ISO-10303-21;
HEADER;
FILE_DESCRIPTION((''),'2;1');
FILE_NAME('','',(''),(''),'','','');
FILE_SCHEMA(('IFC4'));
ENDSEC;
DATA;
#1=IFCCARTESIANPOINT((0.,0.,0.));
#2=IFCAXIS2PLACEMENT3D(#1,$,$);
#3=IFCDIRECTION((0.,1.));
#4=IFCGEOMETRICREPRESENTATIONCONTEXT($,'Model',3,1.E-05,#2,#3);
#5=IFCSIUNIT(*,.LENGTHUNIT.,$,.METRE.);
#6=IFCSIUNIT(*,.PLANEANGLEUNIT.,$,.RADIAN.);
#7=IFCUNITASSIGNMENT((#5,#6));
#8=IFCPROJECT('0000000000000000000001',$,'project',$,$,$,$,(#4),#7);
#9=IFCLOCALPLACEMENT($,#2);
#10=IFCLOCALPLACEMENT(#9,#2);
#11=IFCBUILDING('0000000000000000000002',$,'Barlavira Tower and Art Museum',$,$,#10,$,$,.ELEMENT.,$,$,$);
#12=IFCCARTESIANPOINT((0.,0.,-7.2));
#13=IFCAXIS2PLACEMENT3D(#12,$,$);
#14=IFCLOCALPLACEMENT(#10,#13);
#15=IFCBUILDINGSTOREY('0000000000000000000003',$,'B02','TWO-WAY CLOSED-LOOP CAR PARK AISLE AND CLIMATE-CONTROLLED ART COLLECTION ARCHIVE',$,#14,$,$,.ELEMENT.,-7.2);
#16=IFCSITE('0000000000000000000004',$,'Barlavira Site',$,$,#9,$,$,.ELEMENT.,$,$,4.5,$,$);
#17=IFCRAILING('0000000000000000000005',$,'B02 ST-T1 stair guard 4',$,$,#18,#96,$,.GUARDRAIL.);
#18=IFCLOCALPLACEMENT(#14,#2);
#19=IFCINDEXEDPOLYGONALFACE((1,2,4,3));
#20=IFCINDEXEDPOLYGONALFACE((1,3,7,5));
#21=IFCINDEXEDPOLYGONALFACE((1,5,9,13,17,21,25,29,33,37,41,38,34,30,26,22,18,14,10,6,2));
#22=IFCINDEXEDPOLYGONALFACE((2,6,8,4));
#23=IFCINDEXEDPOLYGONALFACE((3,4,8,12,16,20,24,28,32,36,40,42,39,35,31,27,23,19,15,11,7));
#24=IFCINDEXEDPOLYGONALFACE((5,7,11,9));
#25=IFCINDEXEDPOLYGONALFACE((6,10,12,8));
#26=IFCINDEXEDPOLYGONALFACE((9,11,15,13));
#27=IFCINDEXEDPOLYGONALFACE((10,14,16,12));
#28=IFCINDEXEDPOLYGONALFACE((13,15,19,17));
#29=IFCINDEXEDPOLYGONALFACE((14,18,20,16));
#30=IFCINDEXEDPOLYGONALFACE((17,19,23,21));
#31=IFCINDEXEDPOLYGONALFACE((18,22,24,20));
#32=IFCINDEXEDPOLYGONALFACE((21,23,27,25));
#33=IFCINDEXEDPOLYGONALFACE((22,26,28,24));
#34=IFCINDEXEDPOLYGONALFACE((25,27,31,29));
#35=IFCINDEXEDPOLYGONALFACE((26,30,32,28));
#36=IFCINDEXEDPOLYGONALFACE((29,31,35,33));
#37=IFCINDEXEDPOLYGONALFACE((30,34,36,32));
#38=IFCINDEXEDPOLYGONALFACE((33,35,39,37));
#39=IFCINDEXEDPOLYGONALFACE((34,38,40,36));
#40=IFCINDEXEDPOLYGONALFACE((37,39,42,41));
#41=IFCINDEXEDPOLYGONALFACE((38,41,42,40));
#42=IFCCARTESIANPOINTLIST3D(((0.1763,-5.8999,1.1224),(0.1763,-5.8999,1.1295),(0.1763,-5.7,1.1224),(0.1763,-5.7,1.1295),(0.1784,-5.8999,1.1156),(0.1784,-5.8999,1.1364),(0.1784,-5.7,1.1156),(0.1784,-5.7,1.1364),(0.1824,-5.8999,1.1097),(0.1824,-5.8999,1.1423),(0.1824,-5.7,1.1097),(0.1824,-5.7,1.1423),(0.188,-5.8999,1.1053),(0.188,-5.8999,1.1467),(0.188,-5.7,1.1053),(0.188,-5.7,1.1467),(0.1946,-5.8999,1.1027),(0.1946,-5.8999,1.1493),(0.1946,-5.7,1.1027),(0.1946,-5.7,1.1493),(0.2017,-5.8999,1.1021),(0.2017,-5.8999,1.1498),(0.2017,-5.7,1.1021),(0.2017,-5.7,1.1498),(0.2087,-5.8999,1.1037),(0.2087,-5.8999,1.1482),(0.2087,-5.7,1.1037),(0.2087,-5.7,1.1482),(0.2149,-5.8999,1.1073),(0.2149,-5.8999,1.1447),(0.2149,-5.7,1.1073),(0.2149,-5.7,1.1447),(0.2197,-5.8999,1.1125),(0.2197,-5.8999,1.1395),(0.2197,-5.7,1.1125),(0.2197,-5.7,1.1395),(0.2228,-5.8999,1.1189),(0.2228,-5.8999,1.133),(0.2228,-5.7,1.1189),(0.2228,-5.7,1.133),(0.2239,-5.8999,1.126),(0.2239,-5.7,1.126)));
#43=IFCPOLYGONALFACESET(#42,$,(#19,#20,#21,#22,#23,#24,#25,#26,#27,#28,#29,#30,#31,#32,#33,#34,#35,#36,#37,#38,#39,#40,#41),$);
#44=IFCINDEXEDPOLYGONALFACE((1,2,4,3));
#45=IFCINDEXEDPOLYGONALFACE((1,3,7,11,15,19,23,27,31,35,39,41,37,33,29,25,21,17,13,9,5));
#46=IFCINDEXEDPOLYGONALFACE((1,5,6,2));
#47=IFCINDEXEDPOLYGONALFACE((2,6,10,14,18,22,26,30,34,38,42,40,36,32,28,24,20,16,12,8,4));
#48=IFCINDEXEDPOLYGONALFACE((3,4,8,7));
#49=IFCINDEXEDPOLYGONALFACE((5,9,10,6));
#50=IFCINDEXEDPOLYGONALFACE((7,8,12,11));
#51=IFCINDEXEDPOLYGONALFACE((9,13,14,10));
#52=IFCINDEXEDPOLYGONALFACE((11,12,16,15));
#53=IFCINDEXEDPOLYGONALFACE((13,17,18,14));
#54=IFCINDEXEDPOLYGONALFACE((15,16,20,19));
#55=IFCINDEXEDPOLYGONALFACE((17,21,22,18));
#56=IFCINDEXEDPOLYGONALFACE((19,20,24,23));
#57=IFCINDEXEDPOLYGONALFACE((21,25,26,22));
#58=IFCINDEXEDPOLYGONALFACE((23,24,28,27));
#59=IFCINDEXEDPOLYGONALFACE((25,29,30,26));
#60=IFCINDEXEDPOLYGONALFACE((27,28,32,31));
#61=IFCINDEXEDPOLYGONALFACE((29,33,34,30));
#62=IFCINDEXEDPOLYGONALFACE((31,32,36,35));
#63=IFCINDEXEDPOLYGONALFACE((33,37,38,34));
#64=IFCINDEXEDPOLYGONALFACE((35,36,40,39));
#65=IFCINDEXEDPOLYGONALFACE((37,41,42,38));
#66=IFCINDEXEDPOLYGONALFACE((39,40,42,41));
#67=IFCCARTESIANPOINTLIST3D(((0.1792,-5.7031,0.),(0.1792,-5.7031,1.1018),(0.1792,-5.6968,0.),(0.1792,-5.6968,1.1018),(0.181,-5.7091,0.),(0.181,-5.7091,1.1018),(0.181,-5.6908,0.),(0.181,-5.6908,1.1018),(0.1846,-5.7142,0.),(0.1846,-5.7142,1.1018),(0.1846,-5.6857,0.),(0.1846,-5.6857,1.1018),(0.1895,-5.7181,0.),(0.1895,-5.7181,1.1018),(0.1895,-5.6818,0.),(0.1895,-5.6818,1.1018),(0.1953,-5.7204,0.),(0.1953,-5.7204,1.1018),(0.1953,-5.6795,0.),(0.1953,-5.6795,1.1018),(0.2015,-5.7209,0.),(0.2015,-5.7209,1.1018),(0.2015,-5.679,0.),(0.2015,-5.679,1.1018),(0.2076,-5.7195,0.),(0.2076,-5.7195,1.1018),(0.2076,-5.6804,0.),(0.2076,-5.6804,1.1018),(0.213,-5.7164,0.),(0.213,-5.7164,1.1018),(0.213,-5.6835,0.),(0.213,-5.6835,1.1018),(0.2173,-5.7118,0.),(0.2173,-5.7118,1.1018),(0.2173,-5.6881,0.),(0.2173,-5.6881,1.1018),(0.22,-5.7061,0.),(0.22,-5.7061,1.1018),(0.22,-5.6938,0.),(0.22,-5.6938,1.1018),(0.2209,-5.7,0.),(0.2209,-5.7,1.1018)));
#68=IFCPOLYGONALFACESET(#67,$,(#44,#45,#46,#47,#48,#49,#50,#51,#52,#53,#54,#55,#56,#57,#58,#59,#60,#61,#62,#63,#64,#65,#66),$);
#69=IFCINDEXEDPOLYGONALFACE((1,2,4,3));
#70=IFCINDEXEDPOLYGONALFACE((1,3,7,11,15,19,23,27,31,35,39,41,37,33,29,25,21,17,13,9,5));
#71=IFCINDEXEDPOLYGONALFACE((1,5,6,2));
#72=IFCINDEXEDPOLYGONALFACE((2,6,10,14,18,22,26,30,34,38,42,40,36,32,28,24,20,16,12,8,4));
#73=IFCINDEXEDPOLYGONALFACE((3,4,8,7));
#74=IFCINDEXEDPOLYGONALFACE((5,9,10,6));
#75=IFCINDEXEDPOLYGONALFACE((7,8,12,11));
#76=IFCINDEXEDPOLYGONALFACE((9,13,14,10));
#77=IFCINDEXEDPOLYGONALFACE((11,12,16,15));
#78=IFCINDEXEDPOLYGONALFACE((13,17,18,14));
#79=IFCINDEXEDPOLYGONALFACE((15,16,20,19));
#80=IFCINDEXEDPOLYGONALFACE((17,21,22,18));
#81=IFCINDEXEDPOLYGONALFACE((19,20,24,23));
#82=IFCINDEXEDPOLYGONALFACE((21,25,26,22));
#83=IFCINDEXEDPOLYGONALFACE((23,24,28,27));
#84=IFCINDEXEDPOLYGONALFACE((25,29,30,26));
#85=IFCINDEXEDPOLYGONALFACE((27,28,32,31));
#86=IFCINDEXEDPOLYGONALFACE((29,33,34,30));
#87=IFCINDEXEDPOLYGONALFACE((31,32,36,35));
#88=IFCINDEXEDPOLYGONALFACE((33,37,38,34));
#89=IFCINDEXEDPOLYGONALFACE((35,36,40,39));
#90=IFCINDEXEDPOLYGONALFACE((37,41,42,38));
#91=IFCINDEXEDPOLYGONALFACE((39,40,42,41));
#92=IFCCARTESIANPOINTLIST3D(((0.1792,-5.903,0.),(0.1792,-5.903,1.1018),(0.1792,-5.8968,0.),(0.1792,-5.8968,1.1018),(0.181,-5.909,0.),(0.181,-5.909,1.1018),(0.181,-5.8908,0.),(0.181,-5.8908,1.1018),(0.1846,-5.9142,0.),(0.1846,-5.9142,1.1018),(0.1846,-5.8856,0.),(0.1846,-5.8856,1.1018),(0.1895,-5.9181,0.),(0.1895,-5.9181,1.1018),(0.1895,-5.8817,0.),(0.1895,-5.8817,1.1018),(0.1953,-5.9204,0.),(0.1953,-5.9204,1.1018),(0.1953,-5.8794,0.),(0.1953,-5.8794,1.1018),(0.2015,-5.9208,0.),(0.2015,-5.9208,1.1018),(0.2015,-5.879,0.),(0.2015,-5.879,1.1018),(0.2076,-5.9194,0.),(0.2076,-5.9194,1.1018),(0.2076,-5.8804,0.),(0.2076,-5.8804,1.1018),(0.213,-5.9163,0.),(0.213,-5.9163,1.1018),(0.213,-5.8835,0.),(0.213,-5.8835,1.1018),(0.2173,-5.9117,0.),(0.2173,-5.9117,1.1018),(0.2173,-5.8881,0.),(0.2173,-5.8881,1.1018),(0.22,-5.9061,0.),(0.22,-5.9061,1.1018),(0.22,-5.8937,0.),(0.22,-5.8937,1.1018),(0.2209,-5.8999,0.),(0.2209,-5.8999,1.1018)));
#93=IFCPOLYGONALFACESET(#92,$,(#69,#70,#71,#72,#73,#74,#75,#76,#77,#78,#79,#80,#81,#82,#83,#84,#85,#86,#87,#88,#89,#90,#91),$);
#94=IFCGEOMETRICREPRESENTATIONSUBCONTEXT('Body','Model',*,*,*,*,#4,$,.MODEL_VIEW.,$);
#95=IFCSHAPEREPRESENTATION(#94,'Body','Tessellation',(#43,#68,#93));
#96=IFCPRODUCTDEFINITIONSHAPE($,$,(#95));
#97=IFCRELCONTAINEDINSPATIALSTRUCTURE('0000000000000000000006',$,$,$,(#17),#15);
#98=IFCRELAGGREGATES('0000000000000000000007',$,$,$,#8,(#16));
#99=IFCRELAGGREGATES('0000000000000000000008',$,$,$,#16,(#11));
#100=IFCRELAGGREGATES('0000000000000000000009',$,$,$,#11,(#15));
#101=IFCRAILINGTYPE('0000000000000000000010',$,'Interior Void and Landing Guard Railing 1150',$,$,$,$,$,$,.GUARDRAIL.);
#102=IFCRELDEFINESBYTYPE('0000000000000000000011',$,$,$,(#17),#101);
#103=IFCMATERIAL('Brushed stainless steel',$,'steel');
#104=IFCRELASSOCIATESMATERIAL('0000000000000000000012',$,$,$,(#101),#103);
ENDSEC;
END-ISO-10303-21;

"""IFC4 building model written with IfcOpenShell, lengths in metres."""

from ifc_helpers import new_model, si_unit, direction, frame, origin, origin_2d, place, context, subcontext, project, spatial, circle, extrude, material, type_object, element, save


model = new_model("IFC4")

# Units and contexts
model_context = context("Model", 3, precision=1e-05, world=origin(), true_north=direction((0.0, 1.0)))
body_context = subcontext(model_context, "Body", "Model", "MODEL_VIEW")
ifc_project = project(units=[si_unit("LENGTHUNIT", "METRE"), si_unit("PLANEANGLEUNIT", "RADIAN")], contexts=[model_context])

# Site, building, storey
site_placement = place(None, origin())
site = spatial("IfcSite", under=ifc_project, at=site_placement, Name="Barlavira Site", CompositionType="ELEMENT", RefElevation=4.5)
building_placement = place(site_placement, origin())
building = spatial("IfcBuilding", under=site, at=building_placement, Name="Barlavira Tower and Art Museum", CompositionType="ELEMENT")
storey_placement = place(building_placement, frame((0.0, 0.0, -7.2)))
storey = spatial("IfcBuildingStorey", under=building, at=storey_placement, Name="B02", Description="TWO-WAY CLOSED-LOOP CAR PARK AISLE AND CLIMATE-CONTROLLED ART COLLECTION ARCHIVE", CompositionType="ELEMENT", Elevation=-7.2)

# Shared definitions
ifc_material_1 = material(Name="Brushed stainless steel", Category="steel")

# Railing
railing_type_1 = type_object("IfcRailingType", Name="Interior Void and Landing Guard Railing 1150", PredefinedType="GUARDRAIL", material=ifc_material_1)
railing_1_placement = place(storey_placement, frame((0.2, -5.7, 0.0)))
element("IfcRailing", 1, at=railing_1_placement, inside=storey, type_object=railing_type_1, Name="B02 ST-T1 stair guard 4", PredefinedType="GUARDRAIL", context=body_context, shape_type="SweptSolid", body=[
    extrude(circle(Radius=0.0239, at=origin_2d()), frame((0.0, 0.0, 1.126), z_axis=(0.0, -1.0, 0.0), x_axis=(1.0, 0.0, 0.0)), (0.0, 0.0, 1.0), 0.2),
    extrude(circle(Radius=0.021, at=origin_2d()), origin(), (0.0, 0.0, 1.0), 1.1018),
    extrude(circle(Radius=0.021, at=origin_2d()), frame((0.0, -0.2, 0.0)), (0.0, 0.0, 1.0), 1.1018),
])

save(model, "model.ifc")
